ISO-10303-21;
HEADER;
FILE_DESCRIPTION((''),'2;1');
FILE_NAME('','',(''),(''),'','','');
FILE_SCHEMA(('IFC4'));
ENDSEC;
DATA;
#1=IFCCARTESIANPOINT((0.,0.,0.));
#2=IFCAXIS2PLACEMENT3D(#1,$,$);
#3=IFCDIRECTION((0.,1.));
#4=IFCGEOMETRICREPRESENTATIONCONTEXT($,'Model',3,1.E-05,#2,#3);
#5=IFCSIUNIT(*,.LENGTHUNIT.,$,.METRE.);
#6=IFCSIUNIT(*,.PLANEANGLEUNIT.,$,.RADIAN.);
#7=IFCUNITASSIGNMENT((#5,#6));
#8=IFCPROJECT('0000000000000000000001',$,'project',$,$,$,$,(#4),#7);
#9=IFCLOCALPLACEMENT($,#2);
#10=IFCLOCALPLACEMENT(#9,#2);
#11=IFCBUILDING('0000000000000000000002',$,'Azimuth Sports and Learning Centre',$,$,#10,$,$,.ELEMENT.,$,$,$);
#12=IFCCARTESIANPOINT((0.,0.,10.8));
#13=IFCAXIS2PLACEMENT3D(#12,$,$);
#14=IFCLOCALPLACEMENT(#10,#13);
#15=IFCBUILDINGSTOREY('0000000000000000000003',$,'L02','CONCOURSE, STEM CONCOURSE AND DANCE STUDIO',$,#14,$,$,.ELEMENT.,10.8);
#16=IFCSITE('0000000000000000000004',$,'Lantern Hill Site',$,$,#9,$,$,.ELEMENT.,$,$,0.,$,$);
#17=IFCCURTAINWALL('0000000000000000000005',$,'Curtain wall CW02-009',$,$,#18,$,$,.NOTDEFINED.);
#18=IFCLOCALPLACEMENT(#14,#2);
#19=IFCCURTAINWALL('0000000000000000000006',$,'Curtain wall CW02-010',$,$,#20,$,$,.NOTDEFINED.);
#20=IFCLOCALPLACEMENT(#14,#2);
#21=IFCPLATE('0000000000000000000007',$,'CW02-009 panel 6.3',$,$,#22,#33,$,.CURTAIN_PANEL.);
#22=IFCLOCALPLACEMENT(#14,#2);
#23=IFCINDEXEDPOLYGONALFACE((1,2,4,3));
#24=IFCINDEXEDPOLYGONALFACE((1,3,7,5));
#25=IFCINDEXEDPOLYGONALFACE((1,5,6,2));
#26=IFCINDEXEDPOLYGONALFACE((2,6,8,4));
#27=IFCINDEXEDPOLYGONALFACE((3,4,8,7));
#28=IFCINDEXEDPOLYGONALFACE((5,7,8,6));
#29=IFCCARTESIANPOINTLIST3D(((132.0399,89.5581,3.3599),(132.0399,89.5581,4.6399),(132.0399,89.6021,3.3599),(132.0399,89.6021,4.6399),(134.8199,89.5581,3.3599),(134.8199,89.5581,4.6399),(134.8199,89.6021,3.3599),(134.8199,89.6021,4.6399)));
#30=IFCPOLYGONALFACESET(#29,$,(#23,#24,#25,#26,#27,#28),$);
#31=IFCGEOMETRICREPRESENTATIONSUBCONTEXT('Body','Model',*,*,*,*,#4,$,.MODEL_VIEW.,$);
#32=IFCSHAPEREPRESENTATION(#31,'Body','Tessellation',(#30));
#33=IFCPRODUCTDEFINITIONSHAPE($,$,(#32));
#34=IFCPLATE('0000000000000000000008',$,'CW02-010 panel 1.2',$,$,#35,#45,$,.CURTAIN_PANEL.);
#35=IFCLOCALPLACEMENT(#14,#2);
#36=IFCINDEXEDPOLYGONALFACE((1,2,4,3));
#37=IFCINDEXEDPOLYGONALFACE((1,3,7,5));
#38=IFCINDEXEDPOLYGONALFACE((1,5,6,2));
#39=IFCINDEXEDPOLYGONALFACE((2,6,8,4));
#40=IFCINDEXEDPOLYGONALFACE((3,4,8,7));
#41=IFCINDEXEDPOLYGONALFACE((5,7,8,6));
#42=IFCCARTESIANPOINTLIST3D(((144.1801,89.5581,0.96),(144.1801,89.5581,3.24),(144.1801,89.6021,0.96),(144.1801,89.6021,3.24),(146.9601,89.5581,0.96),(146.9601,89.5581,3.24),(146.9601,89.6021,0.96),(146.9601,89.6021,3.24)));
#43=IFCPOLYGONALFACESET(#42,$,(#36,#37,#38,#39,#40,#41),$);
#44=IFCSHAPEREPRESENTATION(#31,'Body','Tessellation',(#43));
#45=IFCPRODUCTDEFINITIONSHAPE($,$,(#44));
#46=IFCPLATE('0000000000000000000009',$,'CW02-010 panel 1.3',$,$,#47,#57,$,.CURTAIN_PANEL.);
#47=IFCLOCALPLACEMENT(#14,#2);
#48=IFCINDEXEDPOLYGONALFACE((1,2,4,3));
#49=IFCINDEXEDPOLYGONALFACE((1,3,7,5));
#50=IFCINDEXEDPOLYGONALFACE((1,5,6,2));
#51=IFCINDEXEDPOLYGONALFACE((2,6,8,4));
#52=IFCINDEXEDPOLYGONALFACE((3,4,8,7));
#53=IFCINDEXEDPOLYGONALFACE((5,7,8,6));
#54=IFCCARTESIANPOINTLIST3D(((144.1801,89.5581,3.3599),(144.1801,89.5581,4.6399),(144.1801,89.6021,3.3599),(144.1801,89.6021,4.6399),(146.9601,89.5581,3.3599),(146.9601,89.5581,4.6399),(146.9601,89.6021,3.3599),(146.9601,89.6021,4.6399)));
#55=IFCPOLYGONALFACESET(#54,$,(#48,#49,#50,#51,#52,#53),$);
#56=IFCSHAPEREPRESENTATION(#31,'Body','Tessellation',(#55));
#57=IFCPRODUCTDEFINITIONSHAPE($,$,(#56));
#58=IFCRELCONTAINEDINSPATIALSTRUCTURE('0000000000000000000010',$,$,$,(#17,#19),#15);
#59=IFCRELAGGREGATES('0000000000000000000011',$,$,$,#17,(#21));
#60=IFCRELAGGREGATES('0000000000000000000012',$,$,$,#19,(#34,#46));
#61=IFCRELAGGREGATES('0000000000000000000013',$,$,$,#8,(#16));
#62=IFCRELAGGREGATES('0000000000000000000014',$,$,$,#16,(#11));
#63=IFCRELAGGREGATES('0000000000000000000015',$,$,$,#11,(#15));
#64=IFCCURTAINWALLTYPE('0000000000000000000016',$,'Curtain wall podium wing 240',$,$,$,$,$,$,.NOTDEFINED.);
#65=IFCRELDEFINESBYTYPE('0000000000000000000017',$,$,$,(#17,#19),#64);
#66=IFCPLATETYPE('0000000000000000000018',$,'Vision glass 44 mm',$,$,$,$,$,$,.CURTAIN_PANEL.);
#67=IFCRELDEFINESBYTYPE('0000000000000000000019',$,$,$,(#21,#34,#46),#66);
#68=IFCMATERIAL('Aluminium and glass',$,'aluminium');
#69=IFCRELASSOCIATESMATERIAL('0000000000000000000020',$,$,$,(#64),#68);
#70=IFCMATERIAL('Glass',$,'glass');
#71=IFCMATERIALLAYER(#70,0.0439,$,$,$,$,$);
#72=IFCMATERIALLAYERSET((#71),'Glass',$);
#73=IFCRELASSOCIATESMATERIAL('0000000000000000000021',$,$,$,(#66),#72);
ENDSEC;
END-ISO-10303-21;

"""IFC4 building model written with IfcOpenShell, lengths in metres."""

from ifc_helpers import new_model, si_unit, direction, frame, origin, origin_2d, place, context, subcontext, project, spatial, rectangle, extrude, material, layer, layer_set, type_object, element, aggregate, save


model = new_model("IFC4")

# Units and contexts
model_context = context("Model", 3, precision=1e-05, world=origin(), true_north=direction((0.0, 1.0)))
body_context = subcontext(model_context, "Body", "Model", "MODEL_VIEW")
ifc_project = project(units=[si_unit("LENGTHUNIT", "METRE"), si_unit("PLANEANGLEUNIT", "RADIAN")], contexts=[model_context])

# Site, building, storey
site_placement = place(None, origin())
site = spatial("IfcSite", under=ifc_project, at=site_placement, Name="Lantern Hill Site", CompositionType="ELEMENT", RefElevation=0.0)
building_placement = place(site_placement, origin())
building = spatial("IfcBuilding", under=site, at=building_placement, Name="Azimuth Sports and Learning Centre", CompositionType="ELEMENT")
storey_placement = place(building_placement, frame((0.0, 0.0, 10.8)))
storey = spatial("IfcBuildingStorey", under=building, at=storey_placement, Name="L02", Description="CONCOURSE, STEM CONCOURSE AND DANCE STUDIO", CompositionType="ELEMENT", Elevation=10.8)

# Curtain walls
ifc_material_1 = material(Name="Aluminium and glass", Category="aluminium")
curtain_wall_type = type_object("IfcCurtainWallType", Name="Curtain wall podium wing 240", PredefinedType="NOTDEFINED", material=ifc_material_1)
curtain_wall_1_placement = place(storey_placement, origin())
curtain_wall_1 = element("IfcCurtainWall", 1, at=curtain_wall_1_placement, inside=storey, type_object=curtain_wall_type, Name="Curtain wall CW02-009", PredefinedType="NOTDEFINED")
curtain_wall_2_placement = place(storey_placement, origin())
curtain_wall_2 = element("IfcCurtainWall", 2, at=curtain_wall_2_placement, inside=storey, type_object=curtain_wall_type, Name="Curtain wall CW02-010", PredefinedType="NOTDEFINED")

# Plates
ifc_material_2 = material(Name="Glass", Category="glass")
ifc_layer_1 = layer(ifc_material_2, 0.0439)
ifc_layer_set_1 = layer_set([ifc_layer_1], Name="Glass")
plate_type_1 = type_object("IfcPlateType", Name="Vision glass 44 mm", PredefinedType="CURTAIN_PANEL", material=ifc_layer_set_1)
plate_1_placement = place(storey_placement, frame((133.4299, 89.5801, 3.3599), z_axis=(0.0, 0.0, 1.0), x_axis=(1.0, 0.0, 0.0)))
plate_1 = element("IfcPlate", 3, at=plate_1_placement, type_object=plate_type_1, Name="CW02-009 panel 6.3", PredefinedType="CURTAIN_PANEL", context=body_context, shape_type="SweptSolid", body=[
    extrude(rectangle(XDim=2.78, YDim=0.0439, at=origin_2d()), origin(), (0.0, 0.0, 1.0), 1.28),
])
aggregate(curtain_wall_1, [plate_1])
plate_2_placement = place(storey_placement, frame((145.5701, 89.5801, 0.96), z_axis=(0.0, 0.0, 1.0), x_axis=(1.0, 0.0, 0.0)))
plate_2 = element("IfcPlate", 4, at=plate_2_placement, type_object=plate_type_1, Name="CW02-010 panel 1.2", PredefinedType="CURTAIN_PANEL", context=body_context, shape_type="SweptSolid", body=[
    extrude(rectangle(XDim=2.78, YDim=0.0439, at=origin_2d()), origin(), (0.0, 0.0, 1.0), 2.28),
])
plate_3_placement = place(storey_placement, frame((145.5701, 89.5801, 3.3599), z_axis=(0.0, 0.0, 1.0), x_axis=(1.0, 0.0, 0.0)))
plate_3 = element("IfcPlate", 5, at=plate_3_placement, type_object=plate_type_1, Name="CW02-010 panel 1.3", PredefinedType="CURTAIN_PANEL", context=body_context, shape_type="SweptSolid", body=[
    extrude(rectangle(XDim=2.78, YDim=0.0439, at=origin_2d()), origin(), (0.0, 0.0, 1.0), 1.28),
])
aggregate(curtain_wall_2, [plate_2, plate_3])

save(model, "model.ifc")
